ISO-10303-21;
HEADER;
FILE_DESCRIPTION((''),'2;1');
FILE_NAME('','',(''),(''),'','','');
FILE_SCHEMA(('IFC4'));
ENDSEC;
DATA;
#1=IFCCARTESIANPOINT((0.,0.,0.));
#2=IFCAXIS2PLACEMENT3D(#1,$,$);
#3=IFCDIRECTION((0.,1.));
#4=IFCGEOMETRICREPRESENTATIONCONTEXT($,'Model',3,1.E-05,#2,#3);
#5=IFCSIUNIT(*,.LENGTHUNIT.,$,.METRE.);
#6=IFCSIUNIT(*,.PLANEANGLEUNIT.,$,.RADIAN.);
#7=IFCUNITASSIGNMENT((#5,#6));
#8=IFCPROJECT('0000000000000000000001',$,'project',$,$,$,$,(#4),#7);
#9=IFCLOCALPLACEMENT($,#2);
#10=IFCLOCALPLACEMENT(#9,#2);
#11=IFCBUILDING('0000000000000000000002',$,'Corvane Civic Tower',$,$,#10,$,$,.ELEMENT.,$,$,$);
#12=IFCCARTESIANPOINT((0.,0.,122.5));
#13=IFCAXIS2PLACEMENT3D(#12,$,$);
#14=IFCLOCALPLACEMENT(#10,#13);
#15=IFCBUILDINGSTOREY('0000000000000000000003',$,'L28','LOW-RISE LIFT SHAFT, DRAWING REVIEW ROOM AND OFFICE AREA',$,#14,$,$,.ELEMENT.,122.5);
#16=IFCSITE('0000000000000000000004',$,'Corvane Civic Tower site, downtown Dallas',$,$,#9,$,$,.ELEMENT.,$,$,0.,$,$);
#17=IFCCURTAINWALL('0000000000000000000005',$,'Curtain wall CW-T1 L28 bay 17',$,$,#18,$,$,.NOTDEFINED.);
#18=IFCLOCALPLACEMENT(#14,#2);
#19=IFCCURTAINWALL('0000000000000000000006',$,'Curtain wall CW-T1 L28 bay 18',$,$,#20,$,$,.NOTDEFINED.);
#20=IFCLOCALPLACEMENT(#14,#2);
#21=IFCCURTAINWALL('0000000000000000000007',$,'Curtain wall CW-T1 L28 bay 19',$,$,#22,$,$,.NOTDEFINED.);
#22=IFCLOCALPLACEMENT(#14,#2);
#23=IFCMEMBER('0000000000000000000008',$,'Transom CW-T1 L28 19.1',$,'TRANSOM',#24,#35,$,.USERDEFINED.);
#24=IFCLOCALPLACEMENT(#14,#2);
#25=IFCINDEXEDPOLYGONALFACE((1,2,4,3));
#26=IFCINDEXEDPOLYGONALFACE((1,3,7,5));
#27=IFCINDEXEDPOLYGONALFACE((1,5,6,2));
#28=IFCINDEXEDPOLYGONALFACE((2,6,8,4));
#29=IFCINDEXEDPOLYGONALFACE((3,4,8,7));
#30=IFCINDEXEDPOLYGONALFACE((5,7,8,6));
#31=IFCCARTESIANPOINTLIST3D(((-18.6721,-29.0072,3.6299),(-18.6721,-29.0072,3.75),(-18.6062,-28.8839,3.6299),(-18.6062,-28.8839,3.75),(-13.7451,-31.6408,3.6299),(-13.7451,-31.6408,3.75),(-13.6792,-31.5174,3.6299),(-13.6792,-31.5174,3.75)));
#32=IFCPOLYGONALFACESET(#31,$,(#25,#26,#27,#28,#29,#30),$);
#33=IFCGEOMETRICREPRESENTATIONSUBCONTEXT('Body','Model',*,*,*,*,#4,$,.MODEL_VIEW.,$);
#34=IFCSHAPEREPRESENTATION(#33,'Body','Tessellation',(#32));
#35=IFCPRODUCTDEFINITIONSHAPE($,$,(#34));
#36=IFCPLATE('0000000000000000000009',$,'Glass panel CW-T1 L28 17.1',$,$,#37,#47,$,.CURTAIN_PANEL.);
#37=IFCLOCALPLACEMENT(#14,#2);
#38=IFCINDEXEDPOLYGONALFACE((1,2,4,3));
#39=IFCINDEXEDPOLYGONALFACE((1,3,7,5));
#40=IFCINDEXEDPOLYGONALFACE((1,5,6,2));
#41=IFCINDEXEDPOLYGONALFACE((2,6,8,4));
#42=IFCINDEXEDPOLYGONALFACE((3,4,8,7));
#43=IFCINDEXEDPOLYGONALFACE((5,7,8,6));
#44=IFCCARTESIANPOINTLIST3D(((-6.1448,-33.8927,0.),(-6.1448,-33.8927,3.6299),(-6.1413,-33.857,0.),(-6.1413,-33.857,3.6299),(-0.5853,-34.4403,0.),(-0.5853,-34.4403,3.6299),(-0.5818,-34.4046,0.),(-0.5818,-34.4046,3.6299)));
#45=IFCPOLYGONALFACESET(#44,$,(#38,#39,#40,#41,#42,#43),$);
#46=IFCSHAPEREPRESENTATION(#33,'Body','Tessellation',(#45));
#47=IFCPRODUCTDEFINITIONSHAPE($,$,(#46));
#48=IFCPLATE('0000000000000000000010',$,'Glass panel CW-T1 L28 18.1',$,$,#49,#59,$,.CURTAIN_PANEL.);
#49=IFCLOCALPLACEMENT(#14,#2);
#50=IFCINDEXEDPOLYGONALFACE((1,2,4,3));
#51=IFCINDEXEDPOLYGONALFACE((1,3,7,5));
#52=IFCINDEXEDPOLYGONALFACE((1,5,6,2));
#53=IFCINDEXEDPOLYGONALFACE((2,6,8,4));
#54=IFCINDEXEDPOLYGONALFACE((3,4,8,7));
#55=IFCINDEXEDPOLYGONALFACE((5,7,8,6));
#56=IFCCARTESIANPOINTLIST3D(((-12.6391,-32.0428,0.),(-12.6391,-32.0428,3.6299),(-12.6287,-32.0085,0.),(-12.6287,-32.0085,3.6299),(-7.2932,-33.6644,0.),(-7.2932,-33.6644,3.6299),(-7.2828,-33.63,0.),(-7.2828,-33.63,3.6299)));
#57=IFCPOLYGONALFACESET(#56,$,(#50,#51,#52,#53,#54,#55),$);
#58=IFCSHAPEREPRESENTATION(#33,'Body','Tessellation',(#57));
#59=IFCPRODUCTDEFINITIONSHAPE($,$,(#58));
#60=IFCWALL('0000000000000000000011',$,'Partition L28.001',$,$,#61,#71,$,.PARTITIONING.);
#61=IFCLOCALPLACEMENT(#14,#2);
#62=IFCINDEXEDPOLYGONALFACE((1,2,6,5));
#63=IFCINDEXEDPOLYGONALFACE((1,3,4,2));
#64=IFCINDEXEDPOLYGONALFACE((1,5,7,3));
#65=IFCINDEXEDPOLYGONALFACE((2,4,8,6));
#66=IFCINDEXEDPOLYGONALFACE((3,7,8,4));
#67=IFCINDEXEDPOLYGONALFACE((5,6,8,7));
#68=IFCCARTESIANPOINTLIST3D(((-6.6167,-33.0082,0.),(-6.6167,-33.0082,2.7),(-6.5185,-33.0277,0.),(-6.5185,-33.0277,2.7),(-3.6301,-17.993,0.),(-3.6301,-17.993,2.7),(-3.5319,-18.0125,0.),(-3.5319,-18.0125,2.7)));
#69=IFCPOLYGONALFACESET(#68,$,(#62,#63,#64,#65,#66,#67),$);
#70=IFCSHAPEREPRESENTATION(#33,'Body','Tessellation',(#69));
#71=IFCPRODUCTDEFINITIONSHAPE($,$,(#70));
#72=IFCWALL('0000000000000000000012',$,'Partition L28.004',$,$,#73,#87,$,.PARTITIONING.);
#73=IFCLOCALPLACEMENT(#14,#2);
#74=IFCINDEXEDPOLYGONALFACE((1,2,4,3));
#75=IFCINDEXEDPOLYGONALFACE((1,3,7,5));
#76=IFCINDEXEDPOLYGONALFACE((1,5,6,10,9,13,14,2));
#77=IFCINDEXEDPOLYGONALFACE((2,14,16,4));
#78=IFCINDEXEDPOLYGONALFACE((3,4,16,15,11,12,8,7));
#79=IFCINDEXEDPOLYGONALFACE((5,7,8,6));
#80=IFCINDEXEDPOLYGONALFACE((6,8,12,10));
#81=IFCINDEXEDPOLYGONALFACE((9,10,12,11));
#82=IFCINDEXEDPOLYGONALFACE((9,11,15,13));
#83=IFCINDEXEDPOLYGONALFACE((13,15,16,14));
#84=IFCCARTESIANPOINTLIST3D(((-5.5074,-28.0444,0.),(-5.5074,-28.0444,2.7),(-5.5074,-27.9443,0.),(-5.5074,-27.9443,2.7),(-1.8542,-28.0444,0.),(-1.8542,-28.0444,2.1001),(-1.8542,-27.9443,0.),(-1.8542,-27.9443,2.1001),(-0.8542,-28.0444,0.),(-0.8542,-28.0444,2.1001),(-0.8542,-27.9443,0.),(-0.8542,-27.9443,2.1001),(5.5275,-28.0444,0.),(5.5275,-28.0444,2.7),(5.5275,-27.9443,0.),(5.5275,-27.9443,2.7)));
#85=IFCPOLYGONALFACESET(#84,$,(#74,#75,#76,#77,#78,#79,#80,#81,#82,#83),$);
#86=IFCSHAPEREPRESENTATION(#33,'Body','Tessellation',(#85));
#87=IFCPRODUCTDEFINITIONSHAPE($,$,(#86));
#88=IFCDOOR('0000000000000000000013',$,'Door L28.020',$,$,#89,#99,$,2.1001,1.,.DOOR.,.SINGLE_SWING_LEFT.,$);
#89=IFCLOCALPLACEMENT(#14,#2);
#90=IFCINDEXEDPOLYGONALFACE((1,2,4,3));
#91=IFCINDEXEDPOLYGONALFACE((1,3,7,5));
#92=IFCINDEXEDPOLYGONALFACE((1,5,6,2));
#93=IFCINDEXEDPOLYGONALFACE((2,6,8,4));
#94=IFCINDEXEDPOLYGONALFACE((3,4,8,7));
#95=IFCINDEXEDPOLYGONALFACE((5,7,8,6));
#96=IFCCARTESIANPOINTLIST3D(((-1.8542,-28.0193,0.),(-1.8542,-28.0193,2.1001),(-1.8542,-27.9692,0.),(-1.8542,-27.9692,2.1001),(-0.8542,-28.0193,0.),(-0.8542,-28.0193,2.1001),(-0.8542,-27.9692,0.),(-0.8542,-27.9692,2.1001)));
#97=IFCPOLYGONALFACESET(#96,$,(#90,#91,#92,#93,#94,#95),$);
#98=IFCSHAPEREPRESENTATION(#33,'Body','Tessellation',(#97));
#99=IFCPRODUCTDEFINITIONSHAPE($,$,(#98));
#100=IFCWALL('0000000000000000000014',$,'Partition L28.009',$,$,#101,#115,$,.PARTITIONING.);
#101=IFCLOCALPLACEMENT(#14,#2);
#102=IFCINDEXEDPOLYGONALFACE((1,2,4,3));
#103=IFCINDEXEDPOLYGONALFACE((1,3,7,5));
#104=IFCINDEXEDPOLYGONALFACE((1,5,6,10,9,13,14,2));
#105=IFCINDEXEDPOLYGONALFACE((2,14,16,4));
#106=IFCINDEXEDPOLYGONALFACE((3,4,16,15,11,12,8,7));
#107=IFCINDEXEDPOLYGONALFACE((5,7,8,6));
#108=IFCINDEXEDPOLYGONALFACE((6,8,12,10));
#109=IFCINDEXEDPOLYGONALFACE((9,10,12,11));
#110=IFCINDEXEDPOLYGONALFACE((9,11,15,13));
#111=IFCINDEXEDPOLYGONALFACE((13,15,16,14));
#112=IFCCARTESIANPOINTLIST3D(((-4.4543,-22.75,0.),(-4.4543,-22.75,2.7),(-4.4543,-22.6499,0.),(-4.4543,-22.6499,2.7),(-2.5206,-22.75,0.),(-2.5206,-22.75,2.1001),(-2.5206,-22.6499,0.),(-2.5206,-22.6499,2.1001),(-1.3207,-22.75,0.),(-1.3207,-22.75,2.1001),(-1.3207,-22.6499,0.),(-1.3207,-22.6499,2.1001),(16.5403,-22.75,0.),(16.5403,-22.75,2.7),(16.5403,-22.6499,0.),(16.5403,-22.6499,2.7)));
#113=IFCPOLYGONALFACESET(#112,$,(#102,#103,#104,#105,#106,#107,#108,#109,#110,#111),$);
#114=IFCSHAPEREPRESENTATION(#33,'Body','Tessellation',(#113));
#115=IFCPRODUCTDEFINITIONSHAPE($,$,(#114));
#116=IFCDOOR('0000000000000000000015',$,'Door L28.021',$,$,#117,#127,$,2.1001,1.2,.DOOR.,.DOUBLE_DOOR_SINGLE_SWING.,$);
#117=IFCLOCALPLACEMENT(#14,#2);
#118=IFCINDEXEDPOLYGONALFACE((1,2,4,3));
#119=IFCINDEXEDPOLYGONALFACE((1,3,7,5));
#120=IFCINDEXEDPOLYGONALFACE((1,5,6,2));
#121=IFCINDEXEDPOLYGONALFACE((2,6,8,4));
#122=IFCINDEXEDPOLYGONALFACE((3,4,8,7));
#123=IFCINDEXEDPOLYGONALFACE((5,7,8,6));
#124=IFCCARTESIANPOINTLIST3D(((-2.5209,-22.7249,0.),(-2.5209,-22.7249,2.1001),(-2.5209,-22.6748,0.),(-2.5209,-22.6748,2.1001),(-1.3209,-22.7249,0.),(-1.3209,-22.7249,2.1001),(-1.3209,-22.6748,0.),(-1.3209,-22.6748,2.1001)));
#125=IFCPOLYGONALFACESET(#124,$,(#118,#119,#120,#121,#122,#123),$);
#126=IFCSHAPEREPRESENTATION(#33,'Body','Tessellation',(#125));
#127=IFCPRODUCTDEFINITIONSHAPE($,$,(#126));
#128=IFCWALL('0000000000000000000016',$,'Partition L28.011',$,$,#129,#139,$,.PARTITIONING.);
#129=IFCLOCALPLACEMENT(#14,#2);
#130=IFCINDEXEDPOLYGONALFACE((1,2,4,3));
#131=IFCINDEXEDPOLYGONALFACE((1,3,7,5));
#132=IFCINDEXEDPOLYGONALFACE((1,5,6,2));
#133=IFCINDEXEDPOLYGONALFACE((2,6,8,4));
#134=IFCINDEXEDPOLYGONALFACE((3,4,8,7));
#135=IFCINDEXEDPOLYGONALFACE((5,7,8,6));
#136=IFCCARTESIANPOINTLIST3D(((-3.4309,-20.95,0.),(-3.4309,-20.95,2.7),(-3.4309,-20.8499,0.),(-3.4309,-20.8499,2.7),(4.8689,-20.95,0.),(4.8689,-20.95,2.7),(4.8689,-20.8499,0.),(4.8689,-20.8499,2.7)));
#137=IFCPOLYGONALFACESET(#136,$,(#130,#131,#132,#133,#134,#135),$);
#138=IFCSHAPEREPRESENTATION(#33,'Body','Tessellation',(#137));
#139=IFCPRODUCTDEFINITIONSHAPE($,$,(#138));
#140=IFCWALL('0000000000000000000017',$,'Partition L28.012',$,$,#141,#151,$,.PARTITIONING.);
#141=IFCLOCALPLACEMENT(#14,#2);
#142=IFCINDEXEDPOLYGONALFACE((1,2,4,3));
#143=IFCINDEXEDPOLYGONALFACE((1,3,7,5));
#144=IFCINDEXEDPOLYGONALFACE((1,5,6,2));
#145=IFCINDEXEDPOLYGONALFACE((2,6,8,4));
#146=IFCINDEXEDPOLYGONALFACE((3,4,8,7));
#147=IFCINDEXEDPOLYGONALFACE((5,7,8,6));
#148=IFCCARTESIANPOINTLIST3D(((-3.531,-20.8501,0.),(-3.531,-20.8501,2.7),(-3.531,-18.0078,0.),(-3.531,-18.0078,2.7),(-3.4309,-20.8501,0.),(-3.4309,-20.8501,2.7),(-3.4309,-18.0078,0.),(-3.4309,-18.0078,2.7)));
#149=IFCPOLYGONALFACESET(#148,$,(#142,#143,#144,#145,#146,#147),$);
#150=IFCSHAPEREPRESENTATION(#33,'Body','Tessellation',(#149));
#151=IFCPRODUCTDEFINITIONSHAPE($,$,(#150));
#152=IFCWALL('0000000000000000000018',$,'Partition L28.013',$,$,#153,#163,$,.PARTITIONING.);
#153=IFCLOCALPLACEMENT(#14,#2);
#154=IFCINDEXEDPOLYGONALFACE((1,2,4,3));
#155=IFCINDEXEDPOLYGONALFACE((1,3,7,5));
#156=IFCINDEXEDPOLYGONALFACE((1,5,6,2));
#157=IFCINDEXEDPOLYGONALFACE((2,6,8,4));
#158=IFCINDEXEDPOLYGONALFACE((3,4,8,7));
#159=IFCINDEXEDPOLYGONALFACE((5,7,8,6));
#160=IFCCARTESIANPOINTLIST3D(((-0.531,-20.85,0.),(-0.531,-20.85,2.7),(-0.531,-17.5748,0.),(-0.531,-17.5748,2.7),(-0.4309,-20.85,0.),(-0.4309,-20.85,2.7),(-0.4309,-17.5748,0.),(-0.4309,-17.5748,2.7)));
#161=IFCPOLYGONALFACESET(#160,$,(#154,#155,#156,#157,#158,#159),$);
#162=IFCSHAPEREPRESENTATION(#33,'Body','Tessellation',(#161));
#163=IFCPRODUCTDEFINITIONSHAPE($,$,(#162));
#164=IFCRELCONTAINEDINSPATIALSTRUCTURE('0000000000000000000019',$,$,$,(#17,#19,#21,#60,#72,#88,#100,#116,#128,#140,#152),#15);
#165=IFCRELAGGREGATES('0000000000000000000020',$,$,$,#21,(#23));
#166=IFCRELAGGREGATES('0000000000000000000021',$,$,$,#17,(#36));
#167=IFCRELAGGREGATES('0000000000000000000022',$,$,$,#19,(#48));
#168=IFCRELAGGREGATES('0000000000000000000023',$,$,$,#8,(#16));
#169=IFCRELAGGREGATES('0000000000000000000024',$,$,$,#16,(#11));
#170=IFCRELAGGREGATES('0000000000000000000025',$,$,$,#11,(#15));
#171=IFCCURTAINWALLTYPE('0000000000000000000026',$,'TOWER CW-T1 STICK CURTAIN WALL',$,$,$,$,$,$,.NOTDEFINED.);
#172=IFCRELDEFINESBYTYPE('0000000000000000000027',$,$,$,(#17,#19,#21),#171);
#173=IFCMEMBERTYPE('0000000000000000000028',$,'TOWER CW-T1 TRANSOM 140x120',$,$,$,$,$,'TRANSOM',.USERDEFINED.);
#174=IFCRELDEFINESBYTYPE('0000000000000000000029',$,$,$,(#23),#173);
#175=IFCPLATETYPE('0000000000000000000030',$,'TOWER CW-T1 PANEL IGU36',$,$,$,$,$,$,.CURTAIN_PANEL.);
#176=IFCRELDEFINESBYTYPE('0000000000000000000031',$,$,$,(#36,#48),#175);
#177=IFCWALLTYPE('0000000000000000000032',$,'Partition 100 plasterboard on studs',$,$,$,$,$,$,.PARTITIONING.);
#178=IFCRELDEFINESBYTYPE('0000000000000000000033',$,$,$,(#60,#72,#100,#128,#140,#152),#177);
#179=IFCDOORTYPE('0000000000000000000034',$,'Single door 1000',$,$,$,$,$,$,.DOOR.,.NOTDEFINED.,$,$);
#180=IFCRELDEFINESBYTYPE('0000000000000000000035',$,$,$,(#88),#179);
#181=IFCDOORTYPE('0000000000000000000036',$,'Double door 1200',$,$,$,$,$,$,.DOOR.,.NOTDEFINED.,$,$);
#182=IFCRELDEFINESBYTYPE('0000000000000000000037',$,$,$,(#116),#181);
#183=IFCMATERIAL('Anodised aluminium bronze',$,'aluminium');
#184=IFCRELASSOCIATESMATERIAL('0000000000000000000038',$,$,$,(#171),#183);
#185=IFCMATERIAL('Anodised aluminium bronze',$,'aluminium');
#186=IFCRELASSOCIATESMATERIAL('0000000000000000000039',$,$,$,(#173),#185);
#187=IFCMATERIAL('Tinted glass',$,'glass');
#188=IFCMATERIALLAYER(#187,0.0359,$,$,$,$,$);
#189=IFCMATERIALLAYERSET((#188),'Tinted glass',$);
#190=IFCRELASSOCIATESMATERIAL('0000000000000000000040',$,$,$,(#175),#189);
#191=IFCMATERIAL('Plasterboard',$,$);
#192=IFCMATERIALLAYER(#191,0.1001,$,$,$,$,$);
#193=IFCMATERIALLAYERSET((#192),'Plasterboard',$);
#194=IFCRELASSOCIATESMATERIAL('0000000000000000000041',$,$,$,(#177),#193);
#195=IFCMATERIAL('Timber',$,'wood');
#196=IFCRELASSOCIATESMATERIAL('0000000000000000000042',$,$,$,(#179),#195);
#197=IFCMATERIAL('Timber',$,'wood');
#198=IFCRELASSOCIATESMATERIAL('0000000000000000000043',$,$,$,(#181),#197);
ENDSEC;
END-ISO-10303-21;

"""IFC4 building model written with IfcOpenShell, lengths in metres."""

from ifc_helpers import new_model, si_unit, direction, frame, frame_2d, origin, origin_2d, place, context, subcontext, project, spatial, rectangle, extrude, material, layer, layer_set, material_profile, profile_set, type_object, element, fill, aggregate, save


model = new_model("IFC4")

# Units and contexts
model_context = context("Model", 3, precision=1e-05, world=origin(), true_north=direction((0.0, 1.0)))
body_context = subcontext(model_context, "Body", "Model", "MODEL_VIEW")
ifc_project = project(units=[si_unit("LENGTHUNIT", "METRE"), si_unit("PLANEANGLEUNIT", "RADIAN")], contexts=[model_context])

# Site, building, storey
site_placement = place(None, origin())
site = spatial("IfcSite", under=ifc_project, at=site_placement, Name="Corvane Civic Tower site, downtown Dallas", CompositionType="ELEMENT", RefElevation=0.0)
building_placement = place(site_placement, origin())
building = spatial("IfcBuilding", under=site, at=building_placement, Name="Corvane Civic Tower", CompositionType="ELEMENT")
storey_placement = place(building_placement, frame((0.0, 0.0, 122.5)))
storey = spatial("IfcBuildingStorey", under=building, at=storey_placement, Name="L28", Description="LOW-RISE LIFT SHAFT, DRAWING REVIEW ROOM AND OFFICE AREA", CompositionType="ELEMENT", Elevation=122.5)

# Curtain walls, member
ifc_material_1 = material(Name="Anodised aluminium bronze", Category="aluminium")
curtain_wall_type = type_object("IfcCurtainWallType", Name="TOWER CW-T1 STICK CURTAIN WALL", PredefinedType="NOTDEFINED", material=ifc_material_1)
curtain_wall_1_placement = place(storey_placement, origin())
curtain_wall_1 = element("IfcCurtainWall", 1, at=curtain_wall_1_placement, inside=storey, type_object=curtain_wall_type, Name="Curtain wall CW-T1 L28 bay 17", PredefinedType="NOTDEFINED")
ifc_material_2 = material(Name="Anodised aluminium bronze", Category="aluminium")
ifc_material_profile_1 = material_profile(ifc_material_2, rectangle(XDim=0.1399, YDim=0.1201, at=origin_2d()), Name="TOWER CW-T1 TRANSOM 140x120")
ifc_profile_set_1 = profile_set([ifc_material_profile_1], Name="Anodised aluminium bronze")
member_type = type_object("IfcMemberType", Name="TOWER CW-T1 TRANSOM 140x120", ElementType="TRANSOM", PredefinedType="USERDEFINED", material=ifc_profile_set_1)
curtain_wall_2_placement = place(storey_placement, origin())
curtain_wall_2 = element("IfcCurtainWall", 2, at=curtain_wall_2_placement, inside=storey, type_object=curtain_wall_type, Name="Curtain wall CW-T1 L28 bay 18", PredefinedType="NOTDEFINED")
curtain_wall_3_placement = place(storey_placement, origin())
curtain_wall_3 = element("IfcCurtainWall", 3, at=curtain_wall_3_placement, inside=storey, type_object=curtain_wall_type, Name="Curtain wall CW-T1 L28 bay 19", PredefinedType="NOTDEFINED")
member_1_placement = place(storey_placement, frame((-13.7122, -31.5791, 3.6899), z_axis=(-0.881921, 0.471398, 0.0), x_axis=(-0.471398, -0.881921, 0.0)))
member_1 = element("IfcMember", 4, at=member_1_placement, type_object=member_type, Name="Transom CW-T1 L28 19.1", ObjectType="TRANSOM", PredefinedType="USERDEFINED", context=body_context, shape_type="SweptSolid", body=[
    extrude(rectangle(XDim=0.1399, YDim=0.1201, at=origin_2d()), origin(), (0.0, 0.0, 1.0), 5.5867),
])
aggregate(curtain_wall_3, [member_1])

# Plates
ifc_material_3 = material(Name="Tinted glass", Category="glass")
ifc_layer_1 = layer(ifc_material_3, 0.0359)
ifc_layer_set_1 = layer_set([ifc_layer_1], Name="Tinted glass")
plate_type = type_object("IfcPlateType", Name="TOWER CW-T1 PANEL IGU36", PredefinedType="CURTAIN_PANEL", material=ifc_layer_set_1)
plate_1_placement = place(storey_placement, frame((-3.3633, -34.1487, 0.0), z_axis=(0.0, 0.0, 1.0), x_axis=(-0.995184, 0.098027, 0.0)))
plate_1 = element("IfcPlate", 5, at=plate_1_placement, type_object=plate_type, Name="Glass panel CW-T1 L28 17.1", PredefinedType="CURTAIN_PANEL", context=body_context, shape_type="SweptSolid", body=[
    extrude(rectangle(XDim=5.5864, YDim=0.0359, at=origin_2d()), origin(), (0.0, 0.0, 1.0), 3.6299),
])
aggregate(curtain_wall_1, [plate_1])
plate_2_placement = place(storey_placement, frame((-9.9609, -32.8364, 0.0), z_axis=(0.0, 0.0, 1.0), x_axis=(-0.956946, 0.290266, 0.0)))
plate_2 = element("IfcPlate", 6, at=plate_2_placement, type_object=plate_type, Name="Glass panel CW-T1 L28 18.1", PredefinedType="CURTAIN_PANEL", context=body_context, shape_type="SweptSolid", body=[
    extrude(rectangle(XDim=5.5864, YDim=0.0359, at=origin_2d()), origin(), (0.0, 0.0, 1.0), 3.6299),
])
aggregate(curtain_wall_2, [plate_2])

# Wall
ifc_material_4 = material(Name="Plasterboard")
ifc_layer_2 = layer(ifc_material_4, 0.1001)
ifc_layer_set_2 = layer_set([ifc_layer_2], Name="Plasterboard")
wall_type = type_object("IfcWallType", Name="Partition 100 plasterboard on studs", PredefinedType="PARTITIONING", material=ifc_layer_set_2)
wall_1_placement = place(storey_placement, frame((-6.5676, -33.0181, 0.0), z_axis=(0.0, 0.0, 1.0), x_axis=(0.195083, 0.980787, 0.0)))
element("IfcWall", 7, at=wall_1_placement, inside=storey, type_object=wall_type, Name="Partition L28.001", PredefinedType="PARTITIONING", context=body_context, shape_type="SweptSolid", body=[
    extrude(rectangle(XDim=15.3093, YDim=0.1001, at=frame_2d((7.6548, 0.0))), origin(), (0.0, 0.0, 1.0), 2.7),
])

# Walls, openings, doors
wall_2_placement = place(storey_placement, frame((-5.5076, -27.9944, 0.0), z_axis=(0.0, 0.0, 1.0), x_axis=(1.0, 0.0, 0.0)))
wall_2 = element("IfcWall", 8, at=wall_2_placement, inside=storey, type_object=wall_type, Name="Partition L28.004", PredefinedType="PARTITIONING", context=body_context, shape_type="SweptSolid", body=[
    extrude(rectangle(XDim=11.0349, YDim=0.1001, at=frame_2d((5.5176, 0.0))), origin(), (0.0, 0.0, 1.0), 2.7),
])
opening_1_placement = place(wall_2_placement, frame((3.6533, 0.0, 0.0)))
opening_1 = element("IfcOpeningElement", 9, at=opening_1_placement, cuts=wall_2, PredefinedType="OPENING", context=body_context, shape_type="SweptSolid", body=[
    extrude(rectangle(XDim=1.0, YDim=2.1001, at=frame_2d((0.5, 1.05))), frame((0.0, 0.0601, 0.0), z_axis=(0.0, -1.0, 0.0), x_axis=(1.0, 0.0, 0.0)), (0.0, 0.0, 1.0), 0.1201),
])
ifc_material_5 = material(Name="Timber", Category="wood")
door_type_1 = type_object("IfcDoorType", Name="Single door 1000", OperationType="NOTDEFINED", PredefinedType="DOOR", material=ifc_material_5)
door_1_placement = place(opening_1_placement, frame((1.0, 0.0, 0.0), z_axis=(0.0, 0.0, 1.0), x_axis=(-1.0, 0.0, 0.0)))
door_1 = element("IfcDoor", 10, at=door_1_placement, inside=storey, type_object=door_type_1, Name="Door L28.020", OperationType="SINGLE_SWING_LEFT", OverallHeight=2.1001, OverallWidth=1.0, PredefinedType="DOOR", context=body_context, shape_type="SweptSolid", body=[
    extrude(rectangle(XDim=1.0, YDim=2.1001, at=frame_2d((0.5, 1.05))), frame((0.0, 0.0249, 0.0), z_axis=(0.0, -1.0, 0.0), x_axis=(1.0, 0.0, 0.0)), (0.0, 0.0, 1.0), 0.05),
])
fill(opening_1, door_1)
wall_3_placement = place(storey_placement, frame((-4.4543, -22.7, 0.0), z_axis=(0.0, 0.0, 1.0), x_axis=(1.0, 0.0, 0.0)))
wall_3 = element("IfcWall", 11, at=wall_3_placement, inside=storey, type_object=wall_type, Name="Partition L28.009", PredefinedType="PARTITIONING", context=body_context, shape_type="SweptSolid", body=[
    extrude(rectangle(XDim=20.9946, YDim=0.1001, at=frame_2d((10.4973, 0.0))), origin(), (0.0, 0.0, 1.0), 2.7),
])
opening_2_placement = place(wall_3_placement, frame((1.9336, 0.0, 0.0)))
opening_2 = element("IfcOpeningElement", 12, at=opening_2_placement, cuts=wall_3, PredefinedType="OPENING", context=body_context, shape_type="SweptSolid", body=[
    extrude(rectangle(XDim=1.2, YDim=2.1001, at=frame_2d((0.6001, 1.05))), frame((0.0, 0.0601, 0.0), z_axis=(0.0, -1.0, 0.0), x_axis=(1.0, 0.0, 0.0)), (0.0, 0.0, 1.0), 0.1201),
])
ifc_material_6 = material(Name="Timber", Category="wood")
door_type_2 = type_object("IfcDoorType", Name="Double door 1200", OperationType="NOTDEFINED", PredefinedType="DOOR", material=ifc_material_6)
door_2_placement = place(opening_2_placement, frame((1.2, 0.0, 0.0), z_axis=(0.0, 0.0, 1.0), x_axis=(-1.0, 0.0, 0.0)))
door_2 = element("IfcDoor", 13, at=door_2_placement, inside=storey, type_object=door_type_2, Name="Door L28.021", OperationType="DOUBLE_DOOR_SINGLE_SWING", OverallHeight=2.1001, OverallWidth=1.2, PredefinedType="DOOR", context=body_context, shape_type="SweptSolid", body=[
    extrude(rectangle(XDim=1.2, YDim=2.1001, at=frame_2d((0.6001, 1.05))), frame((0.0, 0.0249, 0.0), z_axis=(0.0, -1.0, 0.0), x_axis=(1.0, 0.0, 0.0)), (0.0, 0.0, 1.0), 0.05),
])
fill(opening_2, door_2)

# Walls
wall_4_placement = place(storey_placement, frame((-3.4309, -20.8999, 0.0), z_axis=(0.0, 0.0, 1.0), x_axis=(1.0, 0.0, 0.0)))
element("IfcWall", 14, at=wall_4_placement, inside=storey, type_object=wall_type, Name="Partition L28.011", PredefinedType="PARTITIONING", context=body_context, shape_type="SweptSolid", body=[
    extrude(rectangle(XDim=8.2998, YDim=0.1001, at=frame_2d((4.1499, 0.0))), origin(), (0.0, 0.0, 1.0), 2.7),
])
wall_5_placement = place(storey_placement, frame((-3.481, -20.8501, 0.0), z_axis=(0.0, 0.0, 1.0), x_axis=(0.0, 1.0, 0.0)))
element("IfcWall", 15, at=wall_5_placement, inside=storey, type_object=wall_type, Name="Partition L28.012", PredefinedType="PARTITIONING", context=body_context, shape_type="SweptSolid", body=[
    extrude(rectangle(XDim=2.8423, YDim=0.1001, at=frame_2d((1.4211, 0.0))), origin(), (0.0, 0.0, 1.0), 2.7),
])
wall_6_placement = place(storey_placement, frame((-0.481, -20.8501, 0.0), z_axis=(0.0, 0.0, 1.0), x_axis=(0.0, 1.0, 0.0)))
element("IfcWall", 16, at=wall_6_placement, inside=storey, type_object=wall_type, Name="Partition L28.013", PredefinedType="PARTITIONING", context=body_context, shape_type="SweptSolid", body=[
    extrude(rectangle(XDim=3.2751, YDim=0.1001, at=frame_2d((1.6377, 0.0))), origin(), (0.0, 0.0, 1.0), 2.7),
])

save(model, "model.ifc")
